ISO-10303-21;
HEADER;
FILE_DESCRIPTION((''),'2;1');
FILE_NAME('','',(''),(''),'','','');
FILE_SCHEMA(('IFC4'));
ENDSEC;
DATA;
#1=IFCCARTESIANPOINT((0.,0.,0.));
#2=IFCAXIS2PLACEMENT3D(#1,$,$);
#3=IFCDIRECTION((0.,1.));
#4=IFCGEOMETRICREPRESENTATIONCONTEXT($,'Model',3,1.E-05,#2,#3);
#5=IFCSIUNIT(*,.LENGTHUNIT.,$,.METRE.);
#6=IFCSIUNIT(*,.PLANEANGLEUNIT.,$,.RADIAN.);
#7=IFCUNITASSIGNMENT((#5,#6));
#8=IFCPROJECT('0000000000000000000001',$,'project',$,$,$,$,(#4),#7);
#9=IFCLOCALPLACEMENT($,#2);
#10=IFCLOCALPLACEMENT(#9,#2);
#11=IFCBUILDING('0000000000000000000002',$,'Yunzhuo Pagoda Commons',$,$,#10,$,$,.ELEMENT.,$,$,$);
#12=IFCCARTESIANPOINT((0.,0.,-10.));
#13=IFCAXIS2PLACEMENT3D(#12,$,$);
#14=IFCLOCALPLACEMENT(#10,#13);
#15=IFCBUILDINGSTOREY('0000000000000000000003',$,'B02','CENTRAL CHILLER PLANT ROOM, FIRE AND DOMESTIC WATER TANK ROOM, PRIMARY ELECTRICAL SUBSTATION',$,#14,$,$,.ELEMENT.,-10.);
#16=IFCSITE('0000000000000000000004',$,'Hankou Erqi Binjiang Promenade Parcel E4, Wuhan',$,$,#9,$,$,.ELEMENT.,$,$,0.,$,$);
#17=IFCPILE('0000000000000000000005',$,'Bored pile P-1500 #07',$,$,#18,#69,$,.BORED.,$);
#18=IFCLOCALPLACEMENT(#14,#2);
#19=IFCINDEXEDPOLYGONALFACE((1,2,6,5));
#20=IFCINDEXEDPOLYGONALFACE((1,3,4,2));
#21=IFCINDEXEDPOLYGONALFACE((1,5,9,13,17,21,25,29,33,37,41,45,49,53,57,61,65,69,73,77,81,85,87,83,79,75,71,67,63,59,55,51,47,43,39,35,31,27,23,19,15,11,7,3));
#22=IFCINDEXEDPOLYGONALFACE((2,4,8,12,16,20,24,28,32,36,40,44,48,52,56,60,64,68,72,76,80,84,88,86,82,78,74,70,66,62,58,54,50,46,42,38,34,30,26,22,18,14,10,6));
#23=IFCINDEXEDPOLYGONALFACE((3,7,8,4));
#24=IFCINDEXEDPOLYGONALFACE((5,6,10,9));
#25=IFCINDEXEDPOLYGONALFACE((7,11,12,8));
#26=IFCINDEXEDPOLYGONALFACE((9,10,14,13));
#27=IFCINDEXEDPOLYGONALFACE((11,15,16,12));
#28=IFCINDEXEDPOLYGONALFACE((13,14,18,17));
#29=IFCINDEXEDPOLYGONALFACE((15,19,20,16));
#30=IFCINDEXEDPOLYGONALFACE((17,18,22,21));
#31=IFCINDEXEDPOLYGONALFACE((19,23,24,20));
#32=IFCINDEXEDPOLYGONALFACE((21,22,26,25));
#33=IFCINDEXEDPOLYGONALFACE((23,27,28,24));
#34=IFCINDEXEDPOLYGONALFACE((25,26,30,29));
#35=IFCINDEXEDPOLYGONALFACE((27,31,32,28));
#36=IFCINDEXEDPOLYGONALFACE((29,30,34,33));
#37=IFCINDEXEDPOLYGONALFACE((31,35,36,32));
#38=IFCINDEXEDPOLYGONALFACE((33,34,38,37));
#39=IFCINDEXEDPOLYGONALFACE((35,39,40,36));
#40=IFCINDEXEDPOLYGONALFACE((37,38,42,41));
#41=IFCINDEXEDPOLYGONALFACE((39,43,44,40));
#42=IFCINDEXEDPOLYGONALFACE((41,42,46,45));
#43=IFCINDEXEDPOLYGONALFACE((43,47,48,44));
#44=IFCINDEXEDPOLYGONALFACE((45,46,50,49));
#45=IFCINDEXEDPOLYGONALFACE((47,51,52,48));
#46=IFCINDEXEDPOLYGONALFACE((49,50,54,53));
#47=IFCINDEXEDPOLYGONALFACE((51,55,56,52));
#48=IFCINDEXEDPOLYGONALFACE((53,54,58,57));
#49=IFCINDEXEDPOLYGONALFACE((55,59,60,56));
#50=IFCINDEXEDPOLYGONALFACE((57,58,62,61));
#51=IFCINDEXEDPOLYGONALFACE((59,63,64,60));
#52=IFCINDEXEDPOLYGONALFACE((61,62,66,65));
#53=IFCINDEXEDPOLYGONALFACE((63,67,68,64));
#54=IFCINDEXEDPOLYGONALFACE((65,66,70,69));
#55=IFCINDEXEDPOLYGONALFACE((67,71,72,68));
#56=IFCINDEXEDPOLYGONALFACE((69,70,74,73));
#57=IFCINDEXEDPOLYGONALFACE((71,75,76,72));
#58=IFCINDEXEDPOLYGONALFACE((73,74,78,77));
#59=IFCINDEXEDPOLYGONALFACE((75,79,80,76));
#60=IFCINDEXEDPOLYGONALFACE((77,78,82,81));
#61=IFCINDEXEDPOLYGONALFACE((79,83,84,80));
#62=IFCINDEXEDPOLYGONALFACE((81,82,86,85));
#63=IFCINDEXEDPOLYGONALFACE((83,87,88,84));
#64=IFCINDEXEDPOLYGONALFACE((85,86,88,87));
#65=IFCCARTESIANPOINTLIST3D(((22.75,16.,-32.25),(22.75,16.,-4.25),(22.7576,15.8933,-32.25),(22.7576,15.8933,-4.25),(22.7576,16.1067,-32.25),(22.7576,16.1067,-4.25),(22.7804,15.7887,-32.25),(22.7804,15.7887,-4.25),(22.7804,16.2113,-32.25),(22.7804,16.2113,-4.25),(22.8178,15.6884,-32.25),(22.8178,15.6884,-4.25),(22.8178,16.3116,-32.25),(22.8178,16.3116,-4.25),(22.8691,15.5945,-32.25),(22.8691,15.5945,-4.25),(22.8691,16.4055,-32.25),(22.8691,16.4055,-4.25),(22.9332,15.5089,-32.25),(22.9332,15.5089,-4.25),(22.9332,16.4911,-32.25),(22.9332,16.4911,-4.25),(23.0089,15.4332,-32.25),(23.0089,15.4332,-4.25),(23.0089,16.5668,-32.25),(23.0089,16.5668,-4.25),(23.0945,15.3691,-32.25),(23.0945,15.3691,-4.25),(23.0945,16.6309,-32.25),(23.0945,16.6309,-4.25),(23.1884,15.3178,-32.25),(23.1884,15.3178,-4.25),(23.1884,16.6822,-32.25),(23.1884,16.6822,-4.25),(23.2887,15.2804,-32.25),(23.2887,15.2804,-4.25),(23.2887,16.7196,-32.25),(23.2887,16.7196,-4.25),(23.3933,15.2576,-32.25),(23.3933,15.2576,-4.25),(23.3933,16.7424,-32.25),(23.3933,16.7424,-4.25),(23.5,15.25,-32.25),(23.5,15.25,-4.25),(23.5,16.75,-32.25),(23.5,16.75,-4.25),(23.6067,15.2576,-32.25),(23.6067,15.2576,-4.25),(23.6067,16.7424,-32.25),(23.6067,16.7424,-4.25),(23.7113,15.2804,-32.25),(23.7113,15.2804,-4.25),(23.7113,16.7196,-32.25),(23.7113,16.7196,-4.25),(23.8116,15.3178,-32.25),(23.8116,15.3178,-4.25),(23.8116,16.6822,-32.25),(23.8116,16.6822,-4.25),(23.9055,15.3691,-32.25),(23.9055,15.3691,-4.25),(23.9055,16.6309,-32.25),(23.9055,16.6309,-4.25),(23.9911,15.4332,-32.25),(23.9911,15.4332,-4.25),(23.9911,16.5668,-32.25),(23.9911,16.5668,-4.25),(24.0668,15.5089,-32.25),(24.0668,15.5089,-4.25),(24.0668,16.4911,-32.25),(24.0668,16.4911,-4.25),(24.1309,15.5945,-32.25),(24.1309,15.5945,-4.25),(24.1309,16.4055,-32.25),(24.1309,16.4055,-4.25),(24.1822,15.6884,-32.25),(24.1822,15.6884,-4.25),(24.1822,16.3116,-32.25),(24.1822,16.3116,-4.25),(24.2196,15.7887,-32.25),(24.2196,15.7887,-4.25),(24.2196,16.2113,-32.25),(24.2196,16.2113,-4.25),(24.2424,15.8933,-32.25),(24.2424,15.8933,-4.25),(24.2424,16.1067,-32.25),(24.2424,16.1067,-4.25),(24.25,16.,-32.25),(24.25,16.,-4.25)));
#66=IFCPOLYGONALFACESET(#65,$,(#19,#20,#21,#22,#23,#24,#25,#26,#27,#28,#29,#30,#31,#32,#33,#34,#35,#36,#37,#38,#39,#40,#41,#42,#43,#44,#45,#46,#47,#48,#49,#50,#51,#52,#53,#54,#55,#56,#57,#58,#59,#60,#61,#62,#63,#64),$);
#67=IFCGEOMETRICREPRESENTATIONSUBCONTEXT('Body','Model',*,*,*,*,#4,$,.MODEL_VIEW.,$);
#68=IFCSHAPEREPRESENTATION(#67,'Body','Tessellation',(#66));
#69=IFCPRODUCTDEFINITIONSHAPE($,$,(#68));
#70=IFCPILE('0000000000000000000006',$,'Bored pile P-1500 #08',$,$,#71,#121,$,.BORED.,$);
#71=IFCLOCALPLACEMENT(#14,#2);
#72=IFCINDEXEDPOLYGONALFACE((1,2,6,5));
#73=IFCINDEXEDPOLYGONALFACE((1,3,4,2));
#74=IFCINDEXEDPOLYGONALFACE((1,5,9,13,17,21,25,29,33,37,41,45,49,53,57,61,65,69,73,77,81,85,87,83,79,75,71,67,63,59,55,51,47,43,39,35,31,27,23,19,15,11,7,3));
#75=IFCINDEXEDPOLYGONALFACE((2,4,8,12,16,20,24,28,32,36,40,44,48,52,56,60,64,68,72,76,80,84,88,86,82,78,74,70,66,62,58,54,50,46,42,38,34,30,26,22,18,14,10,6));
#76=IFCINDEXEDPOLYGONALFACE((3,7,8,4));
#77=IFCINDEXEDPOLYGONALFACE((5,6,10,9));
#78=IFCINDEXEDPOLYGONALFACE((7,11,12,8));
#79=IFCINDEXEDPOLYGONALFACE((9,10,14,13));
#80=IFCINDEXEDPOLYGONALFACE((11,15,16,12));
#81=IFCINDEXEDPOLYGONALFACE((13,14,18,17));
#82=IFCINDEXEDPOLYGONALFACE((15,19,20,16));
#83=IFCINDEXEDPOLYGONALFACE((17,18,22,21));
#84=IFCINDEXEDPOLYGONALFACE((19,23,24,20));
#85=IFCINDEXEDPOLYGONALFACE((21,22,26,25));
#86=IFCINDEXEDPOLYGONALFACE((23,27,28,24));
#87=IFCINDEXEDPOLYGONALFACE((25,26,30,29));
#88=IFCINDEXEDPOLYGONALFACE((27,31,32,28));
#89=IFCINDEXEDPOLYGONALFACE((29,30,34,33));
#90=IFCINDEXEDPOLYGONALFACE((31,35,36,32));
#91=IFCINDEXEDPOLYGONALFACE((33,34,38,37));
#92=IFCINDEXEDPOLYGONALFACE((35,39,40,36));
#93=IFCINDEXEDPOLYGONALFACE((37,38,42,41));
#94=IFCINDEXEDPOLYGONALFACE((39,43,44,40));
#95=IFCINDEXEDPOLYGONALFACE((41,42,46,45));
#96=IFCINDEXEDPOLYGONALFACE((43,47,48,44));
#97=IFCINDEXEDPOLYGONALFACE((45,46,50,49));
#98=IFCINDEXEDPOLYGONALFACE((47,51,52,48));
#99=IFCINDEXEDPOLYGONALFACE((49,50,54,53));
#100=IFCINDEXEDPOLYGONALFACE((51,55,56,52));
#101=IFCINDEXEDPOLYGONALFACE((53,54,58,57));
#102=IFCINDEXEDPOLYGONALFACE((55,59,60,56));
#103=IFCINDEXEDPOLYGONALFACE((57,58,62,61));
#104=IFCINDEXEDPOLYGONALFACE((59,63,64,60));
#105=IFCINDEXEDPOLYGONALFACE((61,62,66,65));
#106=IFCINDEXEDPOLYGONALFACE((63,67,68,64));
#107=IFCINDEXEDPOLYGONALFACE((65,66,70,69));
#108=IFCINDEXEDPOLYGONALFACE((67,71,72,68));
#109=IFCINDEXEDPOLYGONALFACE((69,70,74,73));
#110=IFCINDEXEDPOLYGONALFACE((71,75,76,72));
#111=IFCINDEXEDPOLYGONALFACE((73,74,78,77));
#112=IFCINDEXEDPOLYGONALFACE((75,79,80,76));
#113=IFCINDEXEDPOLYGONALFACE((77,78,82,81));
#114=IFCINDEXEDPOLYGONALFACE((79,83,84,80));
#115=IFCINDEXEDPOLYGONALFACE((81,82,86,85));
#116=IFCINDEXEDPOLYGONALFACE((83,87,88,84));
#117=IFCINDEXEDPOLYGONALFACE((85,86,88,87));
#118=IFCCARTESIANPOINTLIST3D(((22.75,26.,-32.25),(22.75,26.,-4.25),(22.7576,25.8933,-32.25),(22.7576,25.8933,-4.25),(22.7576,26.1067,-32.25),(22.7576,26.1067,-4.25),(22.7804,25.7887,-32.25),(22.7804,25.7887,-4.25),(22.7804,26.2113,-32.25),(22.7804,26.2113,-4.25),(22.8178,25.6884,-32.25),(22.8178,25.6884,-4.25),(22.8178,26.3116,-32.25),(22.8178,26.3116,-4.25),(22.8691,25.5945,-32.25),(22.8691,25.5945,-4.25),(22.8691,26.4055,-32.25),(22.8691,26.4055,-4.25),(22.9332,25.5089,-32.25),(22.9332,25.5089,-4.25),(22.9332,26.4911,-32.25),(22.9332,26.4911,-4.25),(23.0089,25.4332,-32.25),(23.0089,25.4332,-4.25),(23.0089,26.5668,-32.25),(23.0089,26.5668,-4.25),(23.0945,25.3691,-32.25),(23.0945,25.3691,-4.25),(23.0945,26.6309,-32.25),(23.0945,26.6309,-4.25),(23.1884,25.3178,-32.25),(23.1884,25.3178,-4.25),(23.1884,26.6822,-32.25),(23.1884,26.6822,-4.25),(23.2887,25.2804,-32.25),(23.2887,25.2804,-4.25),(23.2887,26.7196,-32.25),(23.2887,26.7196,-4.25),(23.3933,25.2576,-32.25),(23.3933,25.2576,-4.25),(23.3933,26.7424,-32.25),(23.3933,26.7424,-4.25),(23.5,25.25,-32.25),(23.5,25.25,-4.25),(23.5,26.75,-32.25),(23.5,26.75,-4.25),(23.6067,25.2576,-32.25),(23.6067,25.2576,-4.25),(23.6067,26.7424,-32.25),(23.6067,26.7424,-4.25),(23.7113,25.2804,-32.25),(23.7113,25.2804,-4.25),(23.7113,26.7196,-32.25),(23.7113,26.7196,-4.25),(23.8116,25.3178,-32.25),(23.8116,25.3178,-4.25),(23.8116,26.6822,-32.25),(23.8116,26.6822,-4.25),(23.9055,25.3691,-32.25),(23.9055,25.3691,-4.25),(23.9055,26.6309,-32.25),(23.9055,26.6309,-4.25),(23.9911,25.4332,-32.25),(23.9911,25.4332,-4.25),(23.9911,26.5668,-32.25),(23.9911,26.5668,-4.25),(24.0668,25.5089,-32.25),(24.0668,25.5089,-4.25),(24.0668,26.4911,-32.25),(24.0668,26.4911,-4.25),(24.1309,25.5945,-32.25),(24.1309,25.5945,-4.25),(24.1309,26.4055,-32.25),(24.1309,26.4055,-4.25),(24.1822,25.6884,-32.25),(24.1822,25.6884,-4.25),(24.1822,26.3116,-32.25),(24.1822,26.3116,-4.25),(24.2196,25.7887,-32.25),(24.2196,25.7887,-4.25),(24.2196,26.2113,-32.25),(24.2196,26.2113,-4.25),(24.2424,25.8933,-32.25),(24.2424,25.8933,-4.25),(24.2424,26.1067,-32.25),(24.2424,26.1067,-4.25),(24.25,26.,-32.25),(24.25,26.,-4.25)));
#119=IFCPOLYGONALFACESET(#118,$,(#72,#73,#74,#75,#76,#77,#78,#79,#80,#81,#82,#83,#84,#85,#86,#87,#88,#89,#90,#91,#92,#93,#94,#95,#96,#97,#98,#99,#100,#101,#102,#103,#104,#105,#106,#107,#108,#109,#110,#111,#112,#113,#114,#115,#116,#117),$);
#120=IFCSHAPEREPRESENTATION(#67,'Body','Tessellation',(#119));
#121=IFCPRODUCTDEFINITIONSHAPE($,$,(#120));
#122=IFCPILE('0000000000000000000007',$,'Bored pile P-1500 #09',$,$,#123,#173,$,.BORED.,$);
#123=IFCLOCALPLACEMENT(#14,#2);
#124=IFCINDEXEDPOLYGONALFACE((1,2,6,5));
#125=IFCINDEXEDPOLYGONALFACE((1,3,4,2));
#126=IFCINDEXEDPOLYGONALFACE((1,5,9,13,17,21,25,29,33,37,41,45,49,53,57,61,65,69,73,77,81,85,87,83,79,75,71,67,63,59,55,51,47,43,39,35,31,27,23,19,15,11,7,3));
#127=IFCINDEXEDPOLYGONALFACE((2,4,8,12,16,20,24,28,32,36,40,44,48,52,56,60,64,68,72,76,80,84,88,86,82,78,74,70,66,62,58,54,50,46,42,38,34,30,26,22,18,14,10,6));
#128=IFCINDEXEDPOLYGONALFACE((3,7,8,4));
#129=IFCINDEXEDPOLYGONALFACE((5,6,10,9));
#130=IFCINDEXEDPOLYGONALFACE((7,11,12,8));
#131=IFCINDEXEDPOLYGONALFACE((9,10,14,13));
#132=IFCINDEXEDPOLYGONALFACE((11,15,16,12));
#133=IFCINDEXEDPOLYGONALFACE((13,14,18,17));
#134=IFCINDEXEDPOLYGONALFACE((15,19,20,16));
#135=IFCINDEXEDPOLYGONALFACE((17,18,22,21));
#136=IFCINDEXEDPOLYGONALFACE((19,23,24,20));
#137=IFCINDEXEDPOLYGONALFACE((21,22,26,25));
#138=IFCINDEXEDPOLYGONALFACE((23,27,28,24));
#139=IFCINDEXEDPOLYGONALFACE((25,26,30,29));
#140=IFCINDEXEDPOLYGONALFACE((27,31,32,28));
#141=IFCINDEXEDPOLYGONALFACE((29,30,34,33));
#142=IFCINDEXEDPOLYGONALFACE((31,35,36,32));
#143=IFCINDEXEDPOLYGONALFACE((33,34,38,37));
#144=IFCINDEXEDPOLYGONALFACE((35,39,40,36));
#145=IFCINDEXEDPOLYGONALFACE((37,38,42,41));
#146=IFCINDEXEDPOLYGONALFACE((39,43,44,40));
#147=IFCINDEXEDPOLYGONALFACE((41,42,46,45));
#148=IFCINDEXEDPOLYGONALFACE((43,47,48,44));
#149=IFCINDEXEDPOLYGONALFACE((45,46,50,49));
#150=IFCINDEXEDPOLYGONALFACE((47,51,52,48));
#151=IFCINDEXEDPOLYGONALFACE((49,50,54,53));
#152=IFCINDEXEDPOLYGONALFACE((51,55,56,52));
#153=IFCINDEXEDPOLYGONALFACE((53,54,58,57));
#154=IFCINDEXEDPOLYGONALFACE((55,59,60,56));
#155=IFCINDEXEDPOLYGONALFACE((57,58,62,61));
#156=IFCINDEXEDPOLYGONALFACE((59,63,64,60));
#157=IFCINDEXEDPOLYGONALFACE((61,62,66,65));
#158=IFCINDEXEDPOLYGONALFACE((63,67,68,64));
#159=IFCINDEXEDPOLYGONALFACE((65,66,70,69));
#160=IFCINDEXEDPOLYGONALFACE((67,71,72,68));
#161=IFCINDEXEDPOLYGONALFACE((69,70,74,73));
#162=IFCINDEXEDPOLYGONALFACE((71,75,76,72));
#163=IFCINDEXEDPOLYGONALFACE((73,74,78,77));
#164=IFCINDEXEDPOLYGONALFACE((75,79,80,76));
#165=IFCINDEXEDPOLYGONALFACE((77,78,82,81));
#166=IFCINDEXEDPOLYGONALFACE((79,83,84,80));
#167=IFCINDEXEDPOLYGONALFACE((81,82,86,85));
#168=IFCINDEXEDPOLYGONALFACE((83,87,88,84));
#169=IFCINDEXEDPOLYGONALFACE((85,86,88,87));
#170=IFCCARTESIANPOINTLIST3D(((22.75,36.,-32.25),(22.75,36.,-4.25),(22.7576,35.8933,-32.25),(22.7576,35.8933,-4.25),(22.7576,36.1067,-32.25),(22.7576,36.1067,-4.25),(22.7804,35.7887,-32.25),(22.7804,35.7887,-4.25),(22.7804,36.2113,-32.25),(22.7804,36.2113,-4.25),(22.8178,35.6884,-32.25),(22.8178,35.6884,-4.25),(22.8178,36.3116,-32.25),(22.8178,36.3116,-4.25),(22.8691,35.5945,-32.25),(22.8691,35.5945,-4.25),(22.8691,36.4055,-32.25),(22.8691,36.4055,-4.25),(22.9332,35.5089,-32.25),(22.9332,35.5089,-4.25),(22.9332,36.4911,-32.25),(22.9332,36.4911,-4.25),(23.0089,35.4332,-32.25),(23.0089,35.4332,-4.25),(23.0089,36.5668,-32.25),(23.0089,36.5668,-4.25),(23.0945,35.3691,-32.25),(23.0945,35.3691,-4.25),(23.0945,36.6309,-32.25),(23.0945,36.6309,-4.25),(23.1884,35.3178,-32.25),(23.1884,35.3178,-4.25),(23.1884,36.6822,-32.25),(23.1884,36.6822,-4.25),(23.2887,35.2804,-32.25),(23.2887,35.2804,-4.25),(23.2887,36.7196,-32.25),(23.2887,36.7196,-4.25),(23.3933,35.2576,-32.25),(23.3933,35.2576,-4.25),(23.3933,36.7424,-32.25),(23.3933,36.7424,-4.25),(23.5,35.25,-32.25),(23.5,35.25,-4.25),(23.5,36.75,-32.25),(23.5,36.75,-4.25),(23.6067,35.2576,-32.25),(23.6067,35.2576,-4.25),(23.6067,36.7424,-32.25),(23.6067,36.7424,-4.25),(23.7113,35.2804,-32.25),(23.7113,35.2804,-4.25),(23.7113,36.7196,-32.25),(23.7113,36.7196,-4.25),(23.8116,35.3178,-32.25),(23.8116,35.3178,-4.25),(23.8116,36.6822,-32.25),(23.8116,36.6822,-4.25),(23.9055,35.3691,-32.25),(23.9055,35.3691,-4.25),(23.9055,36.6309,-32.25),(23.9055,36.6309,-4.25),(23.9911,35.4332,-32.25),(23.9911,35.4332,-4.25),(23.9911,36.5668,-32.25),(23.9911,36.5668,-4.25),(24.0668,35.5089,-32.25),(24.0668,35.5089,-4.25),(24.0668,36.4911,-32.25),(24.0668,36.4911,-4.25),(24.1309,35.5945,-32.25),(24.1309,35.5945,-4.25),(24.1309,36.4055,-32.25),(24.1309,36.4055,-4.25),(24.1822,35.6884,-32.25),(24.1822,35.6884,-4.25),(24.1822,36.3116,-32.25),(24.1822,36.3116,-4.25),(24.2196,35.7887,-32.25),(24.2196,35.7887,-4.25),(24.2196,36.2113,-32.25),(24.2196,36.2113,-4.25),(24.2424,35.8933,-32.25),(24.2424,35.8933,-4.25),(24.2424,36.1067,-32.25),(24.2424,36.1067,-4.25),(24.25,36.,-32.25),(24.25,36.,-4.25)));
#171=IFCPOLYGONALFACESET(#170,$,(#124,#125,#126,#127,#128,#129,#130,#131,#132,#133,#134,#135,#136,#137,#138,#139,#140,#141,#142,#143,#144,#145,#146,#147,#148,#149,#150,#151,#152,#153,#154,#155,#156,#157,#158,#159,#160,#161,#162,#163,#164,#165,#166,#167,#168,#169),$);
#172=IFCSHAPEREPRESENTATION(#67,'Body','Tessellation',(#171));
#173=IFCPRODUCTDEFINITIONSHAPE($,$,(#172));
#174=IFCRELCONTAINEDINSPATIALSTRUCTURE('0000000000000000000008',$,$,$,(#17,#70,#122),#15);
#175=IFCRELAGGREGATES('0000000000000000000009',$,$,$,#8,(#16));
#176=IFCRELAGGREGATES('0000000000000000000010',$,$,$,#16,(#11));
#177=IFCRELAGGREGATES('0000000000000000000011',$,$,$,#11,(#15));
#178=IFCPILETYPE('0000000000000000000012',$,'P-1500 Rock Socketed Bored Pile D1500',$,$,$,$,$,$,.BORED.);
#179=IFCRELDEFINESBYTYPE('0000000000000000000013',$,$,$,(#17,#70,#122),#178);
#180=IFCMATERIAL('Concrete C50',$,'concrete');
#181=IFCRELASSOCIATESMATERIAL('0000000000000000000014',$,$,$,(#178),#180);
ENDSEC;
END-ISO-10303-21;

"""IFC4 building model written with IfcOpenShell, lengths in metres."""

from ifc_helpers import new_model, si_unit, direction, frame, origin, origin_2d, place, context, subcontext, project, spatial, circle, extrude, source, transform, mapped, material, material_profile, profile_set, type_object, element, save


model = new_model("IFC4")

# Units and contexts
model_context = context("Model", 3, precision=1e-05, world=origin(), true_north=direction((0.0, 1.0)))
body_context = subcontext(model_context, "Body", "Model", "MODEL_VIEW")
ifc_project = project(units=[si_unit("LENGTHUNIT", "METRE"), si_unit("PLANEANGLEUNIT", "RADIAN")], contexts=[model_context])

# Site, building, storey
site_placement = place(None, origin())
site = spatial("IfcSite", under=ifc_project, at=site_placement, Name="Hankou Erqi Binjiang Promenade Parcel E4, Wuhan", CompositionType="ELEMENT", RefElevation=0.0)
building_placement = place(site_placement, origin())
building = spatial("IfcBuilding", under=site, at=building_placement, Name="Yunzhuo Pagoda Commons", CompositionType="ELEMENT")
storey_placement = place(building_placement, frame((0.0, 0.0, -10.0)))
storey = spatial("IfcBuildingStorey", under=building, at=storey_placement, Name="B02", Description="CENTRAL CHILLER PLANT ROOM, FIRE AND DOMESTIC WATER TANK ROOM, PRIMARY ELECTRICAL SUBSTATION", CompositionType="ELEMENT", Elevation=-10.0)

# Shared definitions
ifc_material_1 = material(Name="Concrete C50", Category="concrete")

# Piles
ifc_material_profile_1 = material_profile(ifc_material_1, circle(Radius=0.75, at=origin_2d()), Name="Concrete C50")
ifc_profile_set_1 = profile_set([ifc_material_profile_1], Name="Concrete C50")
pile_type_1 = type_object("IfcPileType", Name="P-1500 Rock Socketed Bored Pile D1500", PredefinedType="BORED", material=ifc_profile_set_1)
shared_shape_1 = source(origin(), body_context, "Body", "SweptSolid", [
    extrude(circle(Radius=0.75, at=origin_2d()), origin(), (0.0, 0.0, 1.0), 28.0),
])
for number, where, z_axis, x_axis, name in (
    (1, (23.5, 16.0, -4.25), (0.0, 0.0, -1.0), (1.0, 0.0, 0.0), "Bored pile P-1500 #07"),
    (2, (23.5, 26.0, -4.25), (0.0, 0.0, -1.0), (1.0, 0.0, 0.0), "Bored pile P-1500 #08"),
    (3, (23.5, 36.0, -4.25), (0.0, 0.0, -1.0), (1.0, 0.0, 0.0), "Bored pile P-1500 #09"),
):
    element("IfcPile", number, at=place(storey_placement, frame(where, z_axis=z_axis, x_axis=x_axis)), inside=storey, type_object=pile_type_1, Name=name, PredefinedType="BORED", context=body_context, shape_type="MappedRepresentation", body=[
        mapped(shared_shape_1, transform((0.0, 0.0, 0.0), scale=1.0)),
    ])

save(model, "model.ifc")
